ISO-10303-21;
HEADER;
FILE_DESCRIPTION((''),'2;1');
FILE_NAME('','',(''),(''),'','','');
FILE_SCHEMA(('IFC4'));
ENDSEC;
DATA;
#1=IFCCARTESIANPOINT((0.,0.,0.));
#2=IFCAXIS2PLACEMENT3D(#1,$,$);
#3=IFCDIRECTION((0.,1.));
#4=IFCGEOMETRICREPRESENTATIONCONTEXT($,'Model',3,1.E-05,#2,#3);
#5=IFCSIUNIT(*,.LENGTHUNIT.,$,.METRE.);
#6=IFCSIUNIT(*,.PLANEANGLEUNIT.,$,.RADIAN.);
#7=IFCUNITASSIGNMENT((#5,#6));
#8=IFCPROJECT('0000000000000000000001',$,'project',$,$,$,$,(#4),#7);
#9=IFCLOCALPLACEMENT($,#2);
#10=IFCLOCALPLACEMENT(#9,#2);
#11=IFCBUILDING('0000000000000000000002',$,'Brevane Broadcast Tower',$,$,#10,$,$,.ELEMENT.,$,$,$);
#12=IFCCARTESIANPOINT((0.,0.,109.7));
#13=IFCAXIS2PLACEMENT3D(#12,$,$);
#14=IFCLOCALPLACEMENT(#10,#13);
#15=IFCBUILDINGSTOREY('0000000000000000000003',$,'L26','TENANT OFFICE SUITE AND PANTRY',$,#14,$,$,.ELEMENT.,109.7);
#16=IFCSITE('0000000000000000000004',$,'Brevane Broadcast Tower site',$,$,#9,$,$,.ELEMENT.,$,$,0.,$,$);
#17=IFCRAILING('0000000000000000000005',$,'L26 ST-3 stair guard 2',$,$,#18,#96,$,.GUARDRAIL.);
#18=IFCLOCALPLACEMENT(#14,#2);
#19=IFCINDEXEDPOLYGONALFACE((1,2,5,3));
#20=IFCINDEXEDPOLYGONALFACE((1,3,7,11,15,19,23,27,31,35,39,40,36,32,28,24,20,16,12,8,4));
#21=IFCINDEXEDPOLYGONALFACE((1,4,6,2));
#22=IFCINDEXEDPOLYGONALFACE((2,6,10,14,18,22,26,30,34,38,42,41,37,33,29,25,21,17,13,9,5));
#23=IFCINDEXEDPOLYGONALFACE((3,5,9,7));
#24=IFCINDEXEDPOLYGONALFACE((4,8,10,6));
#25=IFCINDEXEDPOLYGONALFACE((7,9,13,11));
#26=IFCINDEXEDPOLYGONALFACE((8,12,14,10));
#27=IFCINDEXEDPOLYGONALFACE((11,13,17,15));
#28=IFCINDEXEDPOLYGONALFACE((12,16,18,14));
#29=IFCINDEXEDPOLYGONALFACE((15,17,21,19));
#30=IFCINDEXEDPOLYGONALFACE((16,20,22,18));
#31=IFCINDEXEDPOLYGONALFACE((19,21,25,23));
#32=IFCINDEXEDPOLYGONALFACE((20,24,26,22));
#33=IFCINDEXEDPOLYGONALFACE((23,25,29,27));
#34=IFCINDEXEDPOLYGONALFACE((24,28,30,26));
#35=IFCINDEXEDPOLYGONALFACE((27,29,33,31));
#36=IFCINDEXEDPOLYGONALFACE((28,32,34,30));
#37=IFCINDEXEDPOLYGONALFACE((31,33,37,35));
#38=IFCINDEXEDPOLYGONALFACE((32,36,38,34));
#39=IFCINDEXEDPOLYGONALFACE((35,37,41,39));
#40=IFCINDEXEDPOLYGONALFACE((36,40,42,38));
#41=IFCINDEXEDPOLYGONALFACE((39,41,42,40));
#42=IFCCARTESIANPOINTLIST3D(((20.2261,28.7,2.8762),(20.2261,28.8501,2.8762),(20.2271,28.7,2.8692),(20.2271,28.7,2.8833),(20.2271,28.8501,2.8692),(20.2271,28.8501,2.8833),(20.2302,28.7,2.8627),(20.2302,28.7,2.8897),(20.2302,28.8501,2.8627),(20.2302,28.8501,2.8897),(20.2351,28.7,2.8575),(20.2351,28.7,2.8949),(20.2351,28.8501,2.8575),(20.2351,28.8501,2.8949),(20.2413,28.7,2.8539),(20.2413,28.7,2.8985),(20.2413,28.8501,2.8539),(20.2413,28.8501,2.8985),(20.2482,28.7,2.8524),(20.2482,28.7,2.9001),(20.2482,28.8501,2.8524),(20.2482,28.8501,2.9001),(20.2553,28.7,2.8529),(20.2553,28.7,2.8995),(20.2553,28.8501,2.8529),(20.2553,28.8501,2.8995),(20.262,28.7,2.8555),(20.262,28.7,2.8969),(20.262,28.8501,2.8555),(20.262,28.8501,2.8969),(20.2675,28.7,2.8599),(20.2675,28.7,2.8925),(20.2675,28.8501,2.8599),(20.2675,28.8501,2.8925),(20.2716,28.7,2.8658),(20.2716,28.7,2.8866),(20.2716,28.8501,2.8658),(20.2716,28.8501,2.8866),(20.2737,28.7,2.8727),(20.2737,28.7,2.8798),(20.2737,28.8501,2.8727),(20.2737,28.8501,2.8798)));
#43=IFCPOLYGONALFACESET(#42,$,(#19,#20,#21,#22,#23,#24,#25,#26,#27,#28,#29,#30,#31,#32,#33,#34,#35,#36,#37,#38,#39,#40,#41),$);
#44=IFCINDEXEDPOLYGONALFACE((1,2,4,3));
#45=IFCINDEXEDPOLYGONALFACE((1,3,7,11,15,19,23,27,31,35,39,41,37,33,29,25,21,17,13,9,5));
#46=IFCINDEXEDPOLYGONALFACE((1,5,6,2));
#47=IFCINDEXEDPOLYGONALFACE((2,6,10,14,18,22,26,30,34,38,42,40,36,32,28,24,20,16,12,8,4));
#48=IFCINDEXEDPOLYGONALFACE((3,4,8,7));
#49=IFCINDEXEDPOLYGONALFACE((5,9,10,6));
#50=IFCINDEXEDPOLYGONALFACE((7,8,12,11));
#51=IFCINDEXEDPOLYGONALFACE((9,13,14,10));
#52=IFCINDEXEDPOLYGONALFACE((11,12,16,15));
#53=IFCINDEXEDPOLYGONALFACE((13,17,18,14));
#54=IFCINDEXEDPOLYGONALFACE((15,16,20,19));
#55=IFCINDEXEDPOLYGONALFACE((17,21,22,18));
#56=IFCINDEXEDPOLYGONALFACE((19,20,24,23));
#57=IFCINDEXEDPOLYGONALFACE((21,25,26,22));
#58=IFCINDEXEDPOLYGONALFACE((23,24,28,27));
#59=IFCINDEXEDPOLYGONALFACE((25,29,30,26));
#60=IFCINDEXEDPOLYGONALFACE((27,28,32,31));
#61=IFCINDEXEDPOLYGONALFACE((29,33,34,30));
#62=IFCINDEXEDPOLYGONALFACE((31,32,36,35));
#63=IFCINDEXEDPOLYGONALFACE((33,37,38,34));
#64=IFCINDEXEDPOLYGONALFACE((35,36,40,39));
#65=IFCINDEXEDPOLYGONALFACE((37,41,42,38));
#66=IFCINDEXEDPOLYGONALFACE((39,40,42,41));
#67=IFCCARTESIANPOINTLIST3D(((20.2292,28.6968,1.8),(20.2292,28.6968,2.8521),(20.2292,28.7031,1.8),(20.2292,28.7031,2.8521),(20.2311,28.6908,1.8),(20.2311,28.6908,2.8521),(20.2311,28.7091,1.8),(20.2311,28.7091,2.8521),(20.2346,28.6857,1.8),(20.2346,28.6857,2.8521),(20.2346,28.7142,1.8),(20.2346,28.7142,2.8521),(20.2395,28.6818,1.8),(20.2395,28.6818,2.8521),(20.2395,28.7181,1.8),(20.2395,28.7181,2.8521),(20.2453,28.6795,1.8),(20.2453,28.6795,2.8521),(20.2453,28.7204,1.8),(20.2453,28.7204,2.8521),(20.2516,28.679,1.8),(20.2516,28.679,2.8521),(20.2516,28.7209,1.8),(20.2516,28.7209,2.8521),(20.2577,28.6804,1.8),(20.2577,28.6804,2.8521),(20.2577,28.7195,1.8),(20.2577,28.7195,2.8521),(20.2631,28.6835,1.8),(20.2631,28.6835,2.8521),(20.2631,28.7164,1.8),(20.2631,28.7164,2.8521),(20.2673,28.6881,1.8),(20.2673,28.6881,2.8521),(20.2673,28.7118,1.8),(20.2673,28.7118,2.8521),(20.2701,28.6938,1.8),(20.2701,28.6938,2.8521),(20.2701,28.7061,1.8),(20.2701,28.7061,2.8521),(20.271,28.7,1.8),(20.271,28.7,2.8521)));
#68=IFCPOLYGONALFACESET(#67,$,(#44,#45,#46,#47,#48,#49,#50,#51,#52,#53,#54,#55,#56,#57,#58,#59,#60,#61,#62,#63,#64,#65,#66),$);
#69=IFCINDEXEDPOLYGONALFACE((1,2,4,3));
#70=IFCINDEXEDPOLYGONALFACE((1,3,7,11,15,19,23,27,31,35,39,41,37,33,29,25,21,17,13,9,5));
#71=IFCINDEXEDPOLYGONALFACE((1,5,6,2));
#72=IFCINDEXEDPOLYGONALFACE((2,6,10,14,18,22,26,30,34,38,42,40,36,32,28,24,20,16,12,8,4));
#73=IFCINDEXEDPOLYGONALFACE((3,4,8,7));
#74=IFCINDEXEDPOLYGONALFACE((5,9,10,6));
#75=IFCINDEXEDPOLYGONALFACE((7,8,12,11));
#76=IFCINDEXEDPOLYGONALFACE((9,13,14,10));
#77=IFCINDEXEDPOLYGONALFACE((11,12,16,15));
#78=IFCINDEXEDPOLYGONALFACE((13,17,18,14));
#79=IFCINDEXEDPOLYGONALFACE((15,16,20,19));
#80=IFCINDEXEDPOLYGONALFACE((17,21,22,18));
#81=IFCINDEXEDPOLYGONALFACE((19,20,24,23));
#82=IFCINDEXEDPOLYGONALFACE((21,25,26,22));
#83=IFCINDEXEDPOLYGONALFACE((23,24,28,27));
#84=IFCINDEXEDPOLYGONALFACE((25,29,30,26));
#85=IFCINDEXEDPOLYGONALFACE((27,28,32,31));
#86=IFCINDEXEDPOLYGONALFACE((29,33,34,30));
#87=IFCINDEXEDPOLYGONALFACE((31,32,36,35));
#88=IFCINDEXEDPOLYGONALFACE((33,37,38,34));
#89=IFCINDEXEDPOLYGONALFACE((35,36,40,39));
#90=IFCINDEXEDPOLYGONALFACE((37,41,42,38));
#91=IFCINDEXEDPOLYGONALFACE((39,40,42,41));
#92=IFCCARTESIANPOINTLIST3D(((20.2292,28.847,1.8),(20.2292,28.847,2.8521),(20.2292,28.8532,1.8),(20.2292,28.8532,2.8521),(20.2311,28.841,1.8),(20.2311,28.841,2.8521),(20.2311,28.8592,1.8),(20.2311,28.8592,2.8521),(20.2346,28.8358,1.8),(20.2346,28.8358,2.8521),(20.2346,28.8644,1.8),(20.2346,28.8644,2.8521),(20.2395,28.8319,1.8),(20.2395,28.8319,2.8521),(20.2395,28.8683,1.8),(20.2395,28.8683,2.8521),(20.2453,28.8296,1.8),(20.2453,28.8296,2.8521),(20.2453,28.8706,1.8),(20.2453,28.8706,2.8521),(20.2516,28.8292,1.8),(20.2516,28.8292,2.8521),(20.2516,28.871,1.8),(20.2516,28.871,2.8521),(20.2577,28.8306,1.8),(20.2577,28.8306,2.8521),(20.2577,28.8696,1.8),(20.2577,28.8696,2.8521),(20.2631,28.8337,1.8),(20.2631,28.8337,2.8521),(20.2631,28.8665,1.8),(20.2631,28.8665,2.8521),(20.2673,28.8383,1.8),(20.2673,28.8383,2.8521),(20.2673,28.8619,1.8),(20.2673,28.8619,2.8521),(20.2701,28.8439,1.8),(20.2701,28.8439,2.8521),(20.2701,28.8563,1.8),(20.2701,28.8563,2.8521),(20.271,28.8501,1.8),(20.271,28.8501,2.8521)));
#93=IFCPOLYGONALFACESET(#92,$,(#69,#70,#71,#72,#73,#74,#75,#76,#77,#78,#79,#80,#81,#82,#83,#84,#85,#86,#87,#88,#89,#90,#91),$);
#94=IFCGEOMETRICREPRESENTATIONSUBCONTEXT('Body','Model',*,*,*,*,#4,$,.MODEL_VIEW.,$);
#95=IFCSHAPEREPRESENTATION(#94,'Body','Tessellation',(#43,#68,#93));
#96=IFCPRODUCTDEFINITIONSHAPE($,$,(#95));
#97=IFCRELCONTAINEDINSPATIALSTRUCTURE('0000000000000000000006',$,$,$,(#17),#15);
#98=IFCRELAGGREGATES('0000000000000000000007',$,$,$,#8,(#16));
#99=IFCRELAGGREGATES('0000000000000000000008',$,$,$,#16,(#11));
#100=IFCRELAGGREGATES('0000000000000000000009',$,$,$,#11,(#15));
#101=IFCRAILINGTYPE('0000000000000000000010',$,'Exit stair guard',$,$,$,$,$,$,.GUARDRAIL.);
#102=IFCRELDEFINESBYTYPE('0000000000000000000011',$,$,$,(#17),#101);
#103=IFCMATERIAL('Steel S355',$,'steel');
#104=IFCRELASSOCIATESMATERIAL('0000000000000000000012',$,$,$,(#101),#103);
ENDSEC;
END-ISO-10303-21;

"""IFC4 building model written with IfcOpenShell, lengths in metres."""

from ifc_helpers import new_model, si_unit, direction, frame, origin, origin_2d, place, context, subcontext, project, spatial, circle, extrude, material, type_object, element, save


model = new_model("IFC4")

# Units and contexts
model_context = context("Model", 3, precision=1e-05, world=origin(), true_north=direction((0.0, 1.0)))
body_context = subcontext(model_context, "Body", "Model", "MODEL_VIEW")
ifc_project = project(units=[si_unit("LENGTHUNIT", "METRE"), si_unit("PLANEANGLEUNIT", "RADIAN")], contexts=[model_context])

# Site, building, storey
site_placement = place(None, origin())
site = spatial("IfcSite", under=ifc_project, at=site_placement, Name="Brevane Broadcast Tower site", CompositionType="ELEMENT", RefElevation=0.0)
building_placement = place(site_placement, origin())
building = spatial("IfcBuilding", under=site, at=building_placement, Name="Brevane Broadcast Tower", CompositionType="ELEMENT")
storey_placement = place(building_placement, frame((0.0, 0.0, 109.7)))
storey = spatial("IfcBuildingStorey", under=building, at=storey_placement, Name="L26", Description="TENANT OFFICE SUITE AND PANTRY", CompositionType="ELEMENT", Elevation=109.7)

# Railing
ifc_material_1 = material(Name="Steel S355", Category="steel")
railing_type_1 = type_object("IfcRailingType", Name="Exit stair guard", PredefinedType="GUARDRAIL", material=ifc_material_1)
railing_1_placement = place(storey_placement, frame((20.25, 28.7, 1.8)))
element("IfcRailing", 1, at=railing_1_placement, inside=storey, type_object=railing_type_1, Name="L26 ST-3 stair guard 2", PredefinedType="GUARDRAIL", context=body_context, shape_type="SweptSolid", body=[
    extrude(circle(Radius=0.0239, at=origin_2d()), frame((0.0, 0.0, 1.0762), z_axis=(0.0, 1.0, 0.0), x_axis=(-1.0, 0.0, 0.0)), (0.0, 0.0, 1.0), 0.1501),
    extrude(circle(Radius=0.021, at=origin_2d()), origin(), (0.0, 0.0, 1.0), 1.052),
    extrude(circle(Radius=0.021, at=origin_2d()), frame((0.0, 0.1501, 0.0)), (0.0, 0.0, 1.0), 1.052),
])

save(model, "model.ifc")
